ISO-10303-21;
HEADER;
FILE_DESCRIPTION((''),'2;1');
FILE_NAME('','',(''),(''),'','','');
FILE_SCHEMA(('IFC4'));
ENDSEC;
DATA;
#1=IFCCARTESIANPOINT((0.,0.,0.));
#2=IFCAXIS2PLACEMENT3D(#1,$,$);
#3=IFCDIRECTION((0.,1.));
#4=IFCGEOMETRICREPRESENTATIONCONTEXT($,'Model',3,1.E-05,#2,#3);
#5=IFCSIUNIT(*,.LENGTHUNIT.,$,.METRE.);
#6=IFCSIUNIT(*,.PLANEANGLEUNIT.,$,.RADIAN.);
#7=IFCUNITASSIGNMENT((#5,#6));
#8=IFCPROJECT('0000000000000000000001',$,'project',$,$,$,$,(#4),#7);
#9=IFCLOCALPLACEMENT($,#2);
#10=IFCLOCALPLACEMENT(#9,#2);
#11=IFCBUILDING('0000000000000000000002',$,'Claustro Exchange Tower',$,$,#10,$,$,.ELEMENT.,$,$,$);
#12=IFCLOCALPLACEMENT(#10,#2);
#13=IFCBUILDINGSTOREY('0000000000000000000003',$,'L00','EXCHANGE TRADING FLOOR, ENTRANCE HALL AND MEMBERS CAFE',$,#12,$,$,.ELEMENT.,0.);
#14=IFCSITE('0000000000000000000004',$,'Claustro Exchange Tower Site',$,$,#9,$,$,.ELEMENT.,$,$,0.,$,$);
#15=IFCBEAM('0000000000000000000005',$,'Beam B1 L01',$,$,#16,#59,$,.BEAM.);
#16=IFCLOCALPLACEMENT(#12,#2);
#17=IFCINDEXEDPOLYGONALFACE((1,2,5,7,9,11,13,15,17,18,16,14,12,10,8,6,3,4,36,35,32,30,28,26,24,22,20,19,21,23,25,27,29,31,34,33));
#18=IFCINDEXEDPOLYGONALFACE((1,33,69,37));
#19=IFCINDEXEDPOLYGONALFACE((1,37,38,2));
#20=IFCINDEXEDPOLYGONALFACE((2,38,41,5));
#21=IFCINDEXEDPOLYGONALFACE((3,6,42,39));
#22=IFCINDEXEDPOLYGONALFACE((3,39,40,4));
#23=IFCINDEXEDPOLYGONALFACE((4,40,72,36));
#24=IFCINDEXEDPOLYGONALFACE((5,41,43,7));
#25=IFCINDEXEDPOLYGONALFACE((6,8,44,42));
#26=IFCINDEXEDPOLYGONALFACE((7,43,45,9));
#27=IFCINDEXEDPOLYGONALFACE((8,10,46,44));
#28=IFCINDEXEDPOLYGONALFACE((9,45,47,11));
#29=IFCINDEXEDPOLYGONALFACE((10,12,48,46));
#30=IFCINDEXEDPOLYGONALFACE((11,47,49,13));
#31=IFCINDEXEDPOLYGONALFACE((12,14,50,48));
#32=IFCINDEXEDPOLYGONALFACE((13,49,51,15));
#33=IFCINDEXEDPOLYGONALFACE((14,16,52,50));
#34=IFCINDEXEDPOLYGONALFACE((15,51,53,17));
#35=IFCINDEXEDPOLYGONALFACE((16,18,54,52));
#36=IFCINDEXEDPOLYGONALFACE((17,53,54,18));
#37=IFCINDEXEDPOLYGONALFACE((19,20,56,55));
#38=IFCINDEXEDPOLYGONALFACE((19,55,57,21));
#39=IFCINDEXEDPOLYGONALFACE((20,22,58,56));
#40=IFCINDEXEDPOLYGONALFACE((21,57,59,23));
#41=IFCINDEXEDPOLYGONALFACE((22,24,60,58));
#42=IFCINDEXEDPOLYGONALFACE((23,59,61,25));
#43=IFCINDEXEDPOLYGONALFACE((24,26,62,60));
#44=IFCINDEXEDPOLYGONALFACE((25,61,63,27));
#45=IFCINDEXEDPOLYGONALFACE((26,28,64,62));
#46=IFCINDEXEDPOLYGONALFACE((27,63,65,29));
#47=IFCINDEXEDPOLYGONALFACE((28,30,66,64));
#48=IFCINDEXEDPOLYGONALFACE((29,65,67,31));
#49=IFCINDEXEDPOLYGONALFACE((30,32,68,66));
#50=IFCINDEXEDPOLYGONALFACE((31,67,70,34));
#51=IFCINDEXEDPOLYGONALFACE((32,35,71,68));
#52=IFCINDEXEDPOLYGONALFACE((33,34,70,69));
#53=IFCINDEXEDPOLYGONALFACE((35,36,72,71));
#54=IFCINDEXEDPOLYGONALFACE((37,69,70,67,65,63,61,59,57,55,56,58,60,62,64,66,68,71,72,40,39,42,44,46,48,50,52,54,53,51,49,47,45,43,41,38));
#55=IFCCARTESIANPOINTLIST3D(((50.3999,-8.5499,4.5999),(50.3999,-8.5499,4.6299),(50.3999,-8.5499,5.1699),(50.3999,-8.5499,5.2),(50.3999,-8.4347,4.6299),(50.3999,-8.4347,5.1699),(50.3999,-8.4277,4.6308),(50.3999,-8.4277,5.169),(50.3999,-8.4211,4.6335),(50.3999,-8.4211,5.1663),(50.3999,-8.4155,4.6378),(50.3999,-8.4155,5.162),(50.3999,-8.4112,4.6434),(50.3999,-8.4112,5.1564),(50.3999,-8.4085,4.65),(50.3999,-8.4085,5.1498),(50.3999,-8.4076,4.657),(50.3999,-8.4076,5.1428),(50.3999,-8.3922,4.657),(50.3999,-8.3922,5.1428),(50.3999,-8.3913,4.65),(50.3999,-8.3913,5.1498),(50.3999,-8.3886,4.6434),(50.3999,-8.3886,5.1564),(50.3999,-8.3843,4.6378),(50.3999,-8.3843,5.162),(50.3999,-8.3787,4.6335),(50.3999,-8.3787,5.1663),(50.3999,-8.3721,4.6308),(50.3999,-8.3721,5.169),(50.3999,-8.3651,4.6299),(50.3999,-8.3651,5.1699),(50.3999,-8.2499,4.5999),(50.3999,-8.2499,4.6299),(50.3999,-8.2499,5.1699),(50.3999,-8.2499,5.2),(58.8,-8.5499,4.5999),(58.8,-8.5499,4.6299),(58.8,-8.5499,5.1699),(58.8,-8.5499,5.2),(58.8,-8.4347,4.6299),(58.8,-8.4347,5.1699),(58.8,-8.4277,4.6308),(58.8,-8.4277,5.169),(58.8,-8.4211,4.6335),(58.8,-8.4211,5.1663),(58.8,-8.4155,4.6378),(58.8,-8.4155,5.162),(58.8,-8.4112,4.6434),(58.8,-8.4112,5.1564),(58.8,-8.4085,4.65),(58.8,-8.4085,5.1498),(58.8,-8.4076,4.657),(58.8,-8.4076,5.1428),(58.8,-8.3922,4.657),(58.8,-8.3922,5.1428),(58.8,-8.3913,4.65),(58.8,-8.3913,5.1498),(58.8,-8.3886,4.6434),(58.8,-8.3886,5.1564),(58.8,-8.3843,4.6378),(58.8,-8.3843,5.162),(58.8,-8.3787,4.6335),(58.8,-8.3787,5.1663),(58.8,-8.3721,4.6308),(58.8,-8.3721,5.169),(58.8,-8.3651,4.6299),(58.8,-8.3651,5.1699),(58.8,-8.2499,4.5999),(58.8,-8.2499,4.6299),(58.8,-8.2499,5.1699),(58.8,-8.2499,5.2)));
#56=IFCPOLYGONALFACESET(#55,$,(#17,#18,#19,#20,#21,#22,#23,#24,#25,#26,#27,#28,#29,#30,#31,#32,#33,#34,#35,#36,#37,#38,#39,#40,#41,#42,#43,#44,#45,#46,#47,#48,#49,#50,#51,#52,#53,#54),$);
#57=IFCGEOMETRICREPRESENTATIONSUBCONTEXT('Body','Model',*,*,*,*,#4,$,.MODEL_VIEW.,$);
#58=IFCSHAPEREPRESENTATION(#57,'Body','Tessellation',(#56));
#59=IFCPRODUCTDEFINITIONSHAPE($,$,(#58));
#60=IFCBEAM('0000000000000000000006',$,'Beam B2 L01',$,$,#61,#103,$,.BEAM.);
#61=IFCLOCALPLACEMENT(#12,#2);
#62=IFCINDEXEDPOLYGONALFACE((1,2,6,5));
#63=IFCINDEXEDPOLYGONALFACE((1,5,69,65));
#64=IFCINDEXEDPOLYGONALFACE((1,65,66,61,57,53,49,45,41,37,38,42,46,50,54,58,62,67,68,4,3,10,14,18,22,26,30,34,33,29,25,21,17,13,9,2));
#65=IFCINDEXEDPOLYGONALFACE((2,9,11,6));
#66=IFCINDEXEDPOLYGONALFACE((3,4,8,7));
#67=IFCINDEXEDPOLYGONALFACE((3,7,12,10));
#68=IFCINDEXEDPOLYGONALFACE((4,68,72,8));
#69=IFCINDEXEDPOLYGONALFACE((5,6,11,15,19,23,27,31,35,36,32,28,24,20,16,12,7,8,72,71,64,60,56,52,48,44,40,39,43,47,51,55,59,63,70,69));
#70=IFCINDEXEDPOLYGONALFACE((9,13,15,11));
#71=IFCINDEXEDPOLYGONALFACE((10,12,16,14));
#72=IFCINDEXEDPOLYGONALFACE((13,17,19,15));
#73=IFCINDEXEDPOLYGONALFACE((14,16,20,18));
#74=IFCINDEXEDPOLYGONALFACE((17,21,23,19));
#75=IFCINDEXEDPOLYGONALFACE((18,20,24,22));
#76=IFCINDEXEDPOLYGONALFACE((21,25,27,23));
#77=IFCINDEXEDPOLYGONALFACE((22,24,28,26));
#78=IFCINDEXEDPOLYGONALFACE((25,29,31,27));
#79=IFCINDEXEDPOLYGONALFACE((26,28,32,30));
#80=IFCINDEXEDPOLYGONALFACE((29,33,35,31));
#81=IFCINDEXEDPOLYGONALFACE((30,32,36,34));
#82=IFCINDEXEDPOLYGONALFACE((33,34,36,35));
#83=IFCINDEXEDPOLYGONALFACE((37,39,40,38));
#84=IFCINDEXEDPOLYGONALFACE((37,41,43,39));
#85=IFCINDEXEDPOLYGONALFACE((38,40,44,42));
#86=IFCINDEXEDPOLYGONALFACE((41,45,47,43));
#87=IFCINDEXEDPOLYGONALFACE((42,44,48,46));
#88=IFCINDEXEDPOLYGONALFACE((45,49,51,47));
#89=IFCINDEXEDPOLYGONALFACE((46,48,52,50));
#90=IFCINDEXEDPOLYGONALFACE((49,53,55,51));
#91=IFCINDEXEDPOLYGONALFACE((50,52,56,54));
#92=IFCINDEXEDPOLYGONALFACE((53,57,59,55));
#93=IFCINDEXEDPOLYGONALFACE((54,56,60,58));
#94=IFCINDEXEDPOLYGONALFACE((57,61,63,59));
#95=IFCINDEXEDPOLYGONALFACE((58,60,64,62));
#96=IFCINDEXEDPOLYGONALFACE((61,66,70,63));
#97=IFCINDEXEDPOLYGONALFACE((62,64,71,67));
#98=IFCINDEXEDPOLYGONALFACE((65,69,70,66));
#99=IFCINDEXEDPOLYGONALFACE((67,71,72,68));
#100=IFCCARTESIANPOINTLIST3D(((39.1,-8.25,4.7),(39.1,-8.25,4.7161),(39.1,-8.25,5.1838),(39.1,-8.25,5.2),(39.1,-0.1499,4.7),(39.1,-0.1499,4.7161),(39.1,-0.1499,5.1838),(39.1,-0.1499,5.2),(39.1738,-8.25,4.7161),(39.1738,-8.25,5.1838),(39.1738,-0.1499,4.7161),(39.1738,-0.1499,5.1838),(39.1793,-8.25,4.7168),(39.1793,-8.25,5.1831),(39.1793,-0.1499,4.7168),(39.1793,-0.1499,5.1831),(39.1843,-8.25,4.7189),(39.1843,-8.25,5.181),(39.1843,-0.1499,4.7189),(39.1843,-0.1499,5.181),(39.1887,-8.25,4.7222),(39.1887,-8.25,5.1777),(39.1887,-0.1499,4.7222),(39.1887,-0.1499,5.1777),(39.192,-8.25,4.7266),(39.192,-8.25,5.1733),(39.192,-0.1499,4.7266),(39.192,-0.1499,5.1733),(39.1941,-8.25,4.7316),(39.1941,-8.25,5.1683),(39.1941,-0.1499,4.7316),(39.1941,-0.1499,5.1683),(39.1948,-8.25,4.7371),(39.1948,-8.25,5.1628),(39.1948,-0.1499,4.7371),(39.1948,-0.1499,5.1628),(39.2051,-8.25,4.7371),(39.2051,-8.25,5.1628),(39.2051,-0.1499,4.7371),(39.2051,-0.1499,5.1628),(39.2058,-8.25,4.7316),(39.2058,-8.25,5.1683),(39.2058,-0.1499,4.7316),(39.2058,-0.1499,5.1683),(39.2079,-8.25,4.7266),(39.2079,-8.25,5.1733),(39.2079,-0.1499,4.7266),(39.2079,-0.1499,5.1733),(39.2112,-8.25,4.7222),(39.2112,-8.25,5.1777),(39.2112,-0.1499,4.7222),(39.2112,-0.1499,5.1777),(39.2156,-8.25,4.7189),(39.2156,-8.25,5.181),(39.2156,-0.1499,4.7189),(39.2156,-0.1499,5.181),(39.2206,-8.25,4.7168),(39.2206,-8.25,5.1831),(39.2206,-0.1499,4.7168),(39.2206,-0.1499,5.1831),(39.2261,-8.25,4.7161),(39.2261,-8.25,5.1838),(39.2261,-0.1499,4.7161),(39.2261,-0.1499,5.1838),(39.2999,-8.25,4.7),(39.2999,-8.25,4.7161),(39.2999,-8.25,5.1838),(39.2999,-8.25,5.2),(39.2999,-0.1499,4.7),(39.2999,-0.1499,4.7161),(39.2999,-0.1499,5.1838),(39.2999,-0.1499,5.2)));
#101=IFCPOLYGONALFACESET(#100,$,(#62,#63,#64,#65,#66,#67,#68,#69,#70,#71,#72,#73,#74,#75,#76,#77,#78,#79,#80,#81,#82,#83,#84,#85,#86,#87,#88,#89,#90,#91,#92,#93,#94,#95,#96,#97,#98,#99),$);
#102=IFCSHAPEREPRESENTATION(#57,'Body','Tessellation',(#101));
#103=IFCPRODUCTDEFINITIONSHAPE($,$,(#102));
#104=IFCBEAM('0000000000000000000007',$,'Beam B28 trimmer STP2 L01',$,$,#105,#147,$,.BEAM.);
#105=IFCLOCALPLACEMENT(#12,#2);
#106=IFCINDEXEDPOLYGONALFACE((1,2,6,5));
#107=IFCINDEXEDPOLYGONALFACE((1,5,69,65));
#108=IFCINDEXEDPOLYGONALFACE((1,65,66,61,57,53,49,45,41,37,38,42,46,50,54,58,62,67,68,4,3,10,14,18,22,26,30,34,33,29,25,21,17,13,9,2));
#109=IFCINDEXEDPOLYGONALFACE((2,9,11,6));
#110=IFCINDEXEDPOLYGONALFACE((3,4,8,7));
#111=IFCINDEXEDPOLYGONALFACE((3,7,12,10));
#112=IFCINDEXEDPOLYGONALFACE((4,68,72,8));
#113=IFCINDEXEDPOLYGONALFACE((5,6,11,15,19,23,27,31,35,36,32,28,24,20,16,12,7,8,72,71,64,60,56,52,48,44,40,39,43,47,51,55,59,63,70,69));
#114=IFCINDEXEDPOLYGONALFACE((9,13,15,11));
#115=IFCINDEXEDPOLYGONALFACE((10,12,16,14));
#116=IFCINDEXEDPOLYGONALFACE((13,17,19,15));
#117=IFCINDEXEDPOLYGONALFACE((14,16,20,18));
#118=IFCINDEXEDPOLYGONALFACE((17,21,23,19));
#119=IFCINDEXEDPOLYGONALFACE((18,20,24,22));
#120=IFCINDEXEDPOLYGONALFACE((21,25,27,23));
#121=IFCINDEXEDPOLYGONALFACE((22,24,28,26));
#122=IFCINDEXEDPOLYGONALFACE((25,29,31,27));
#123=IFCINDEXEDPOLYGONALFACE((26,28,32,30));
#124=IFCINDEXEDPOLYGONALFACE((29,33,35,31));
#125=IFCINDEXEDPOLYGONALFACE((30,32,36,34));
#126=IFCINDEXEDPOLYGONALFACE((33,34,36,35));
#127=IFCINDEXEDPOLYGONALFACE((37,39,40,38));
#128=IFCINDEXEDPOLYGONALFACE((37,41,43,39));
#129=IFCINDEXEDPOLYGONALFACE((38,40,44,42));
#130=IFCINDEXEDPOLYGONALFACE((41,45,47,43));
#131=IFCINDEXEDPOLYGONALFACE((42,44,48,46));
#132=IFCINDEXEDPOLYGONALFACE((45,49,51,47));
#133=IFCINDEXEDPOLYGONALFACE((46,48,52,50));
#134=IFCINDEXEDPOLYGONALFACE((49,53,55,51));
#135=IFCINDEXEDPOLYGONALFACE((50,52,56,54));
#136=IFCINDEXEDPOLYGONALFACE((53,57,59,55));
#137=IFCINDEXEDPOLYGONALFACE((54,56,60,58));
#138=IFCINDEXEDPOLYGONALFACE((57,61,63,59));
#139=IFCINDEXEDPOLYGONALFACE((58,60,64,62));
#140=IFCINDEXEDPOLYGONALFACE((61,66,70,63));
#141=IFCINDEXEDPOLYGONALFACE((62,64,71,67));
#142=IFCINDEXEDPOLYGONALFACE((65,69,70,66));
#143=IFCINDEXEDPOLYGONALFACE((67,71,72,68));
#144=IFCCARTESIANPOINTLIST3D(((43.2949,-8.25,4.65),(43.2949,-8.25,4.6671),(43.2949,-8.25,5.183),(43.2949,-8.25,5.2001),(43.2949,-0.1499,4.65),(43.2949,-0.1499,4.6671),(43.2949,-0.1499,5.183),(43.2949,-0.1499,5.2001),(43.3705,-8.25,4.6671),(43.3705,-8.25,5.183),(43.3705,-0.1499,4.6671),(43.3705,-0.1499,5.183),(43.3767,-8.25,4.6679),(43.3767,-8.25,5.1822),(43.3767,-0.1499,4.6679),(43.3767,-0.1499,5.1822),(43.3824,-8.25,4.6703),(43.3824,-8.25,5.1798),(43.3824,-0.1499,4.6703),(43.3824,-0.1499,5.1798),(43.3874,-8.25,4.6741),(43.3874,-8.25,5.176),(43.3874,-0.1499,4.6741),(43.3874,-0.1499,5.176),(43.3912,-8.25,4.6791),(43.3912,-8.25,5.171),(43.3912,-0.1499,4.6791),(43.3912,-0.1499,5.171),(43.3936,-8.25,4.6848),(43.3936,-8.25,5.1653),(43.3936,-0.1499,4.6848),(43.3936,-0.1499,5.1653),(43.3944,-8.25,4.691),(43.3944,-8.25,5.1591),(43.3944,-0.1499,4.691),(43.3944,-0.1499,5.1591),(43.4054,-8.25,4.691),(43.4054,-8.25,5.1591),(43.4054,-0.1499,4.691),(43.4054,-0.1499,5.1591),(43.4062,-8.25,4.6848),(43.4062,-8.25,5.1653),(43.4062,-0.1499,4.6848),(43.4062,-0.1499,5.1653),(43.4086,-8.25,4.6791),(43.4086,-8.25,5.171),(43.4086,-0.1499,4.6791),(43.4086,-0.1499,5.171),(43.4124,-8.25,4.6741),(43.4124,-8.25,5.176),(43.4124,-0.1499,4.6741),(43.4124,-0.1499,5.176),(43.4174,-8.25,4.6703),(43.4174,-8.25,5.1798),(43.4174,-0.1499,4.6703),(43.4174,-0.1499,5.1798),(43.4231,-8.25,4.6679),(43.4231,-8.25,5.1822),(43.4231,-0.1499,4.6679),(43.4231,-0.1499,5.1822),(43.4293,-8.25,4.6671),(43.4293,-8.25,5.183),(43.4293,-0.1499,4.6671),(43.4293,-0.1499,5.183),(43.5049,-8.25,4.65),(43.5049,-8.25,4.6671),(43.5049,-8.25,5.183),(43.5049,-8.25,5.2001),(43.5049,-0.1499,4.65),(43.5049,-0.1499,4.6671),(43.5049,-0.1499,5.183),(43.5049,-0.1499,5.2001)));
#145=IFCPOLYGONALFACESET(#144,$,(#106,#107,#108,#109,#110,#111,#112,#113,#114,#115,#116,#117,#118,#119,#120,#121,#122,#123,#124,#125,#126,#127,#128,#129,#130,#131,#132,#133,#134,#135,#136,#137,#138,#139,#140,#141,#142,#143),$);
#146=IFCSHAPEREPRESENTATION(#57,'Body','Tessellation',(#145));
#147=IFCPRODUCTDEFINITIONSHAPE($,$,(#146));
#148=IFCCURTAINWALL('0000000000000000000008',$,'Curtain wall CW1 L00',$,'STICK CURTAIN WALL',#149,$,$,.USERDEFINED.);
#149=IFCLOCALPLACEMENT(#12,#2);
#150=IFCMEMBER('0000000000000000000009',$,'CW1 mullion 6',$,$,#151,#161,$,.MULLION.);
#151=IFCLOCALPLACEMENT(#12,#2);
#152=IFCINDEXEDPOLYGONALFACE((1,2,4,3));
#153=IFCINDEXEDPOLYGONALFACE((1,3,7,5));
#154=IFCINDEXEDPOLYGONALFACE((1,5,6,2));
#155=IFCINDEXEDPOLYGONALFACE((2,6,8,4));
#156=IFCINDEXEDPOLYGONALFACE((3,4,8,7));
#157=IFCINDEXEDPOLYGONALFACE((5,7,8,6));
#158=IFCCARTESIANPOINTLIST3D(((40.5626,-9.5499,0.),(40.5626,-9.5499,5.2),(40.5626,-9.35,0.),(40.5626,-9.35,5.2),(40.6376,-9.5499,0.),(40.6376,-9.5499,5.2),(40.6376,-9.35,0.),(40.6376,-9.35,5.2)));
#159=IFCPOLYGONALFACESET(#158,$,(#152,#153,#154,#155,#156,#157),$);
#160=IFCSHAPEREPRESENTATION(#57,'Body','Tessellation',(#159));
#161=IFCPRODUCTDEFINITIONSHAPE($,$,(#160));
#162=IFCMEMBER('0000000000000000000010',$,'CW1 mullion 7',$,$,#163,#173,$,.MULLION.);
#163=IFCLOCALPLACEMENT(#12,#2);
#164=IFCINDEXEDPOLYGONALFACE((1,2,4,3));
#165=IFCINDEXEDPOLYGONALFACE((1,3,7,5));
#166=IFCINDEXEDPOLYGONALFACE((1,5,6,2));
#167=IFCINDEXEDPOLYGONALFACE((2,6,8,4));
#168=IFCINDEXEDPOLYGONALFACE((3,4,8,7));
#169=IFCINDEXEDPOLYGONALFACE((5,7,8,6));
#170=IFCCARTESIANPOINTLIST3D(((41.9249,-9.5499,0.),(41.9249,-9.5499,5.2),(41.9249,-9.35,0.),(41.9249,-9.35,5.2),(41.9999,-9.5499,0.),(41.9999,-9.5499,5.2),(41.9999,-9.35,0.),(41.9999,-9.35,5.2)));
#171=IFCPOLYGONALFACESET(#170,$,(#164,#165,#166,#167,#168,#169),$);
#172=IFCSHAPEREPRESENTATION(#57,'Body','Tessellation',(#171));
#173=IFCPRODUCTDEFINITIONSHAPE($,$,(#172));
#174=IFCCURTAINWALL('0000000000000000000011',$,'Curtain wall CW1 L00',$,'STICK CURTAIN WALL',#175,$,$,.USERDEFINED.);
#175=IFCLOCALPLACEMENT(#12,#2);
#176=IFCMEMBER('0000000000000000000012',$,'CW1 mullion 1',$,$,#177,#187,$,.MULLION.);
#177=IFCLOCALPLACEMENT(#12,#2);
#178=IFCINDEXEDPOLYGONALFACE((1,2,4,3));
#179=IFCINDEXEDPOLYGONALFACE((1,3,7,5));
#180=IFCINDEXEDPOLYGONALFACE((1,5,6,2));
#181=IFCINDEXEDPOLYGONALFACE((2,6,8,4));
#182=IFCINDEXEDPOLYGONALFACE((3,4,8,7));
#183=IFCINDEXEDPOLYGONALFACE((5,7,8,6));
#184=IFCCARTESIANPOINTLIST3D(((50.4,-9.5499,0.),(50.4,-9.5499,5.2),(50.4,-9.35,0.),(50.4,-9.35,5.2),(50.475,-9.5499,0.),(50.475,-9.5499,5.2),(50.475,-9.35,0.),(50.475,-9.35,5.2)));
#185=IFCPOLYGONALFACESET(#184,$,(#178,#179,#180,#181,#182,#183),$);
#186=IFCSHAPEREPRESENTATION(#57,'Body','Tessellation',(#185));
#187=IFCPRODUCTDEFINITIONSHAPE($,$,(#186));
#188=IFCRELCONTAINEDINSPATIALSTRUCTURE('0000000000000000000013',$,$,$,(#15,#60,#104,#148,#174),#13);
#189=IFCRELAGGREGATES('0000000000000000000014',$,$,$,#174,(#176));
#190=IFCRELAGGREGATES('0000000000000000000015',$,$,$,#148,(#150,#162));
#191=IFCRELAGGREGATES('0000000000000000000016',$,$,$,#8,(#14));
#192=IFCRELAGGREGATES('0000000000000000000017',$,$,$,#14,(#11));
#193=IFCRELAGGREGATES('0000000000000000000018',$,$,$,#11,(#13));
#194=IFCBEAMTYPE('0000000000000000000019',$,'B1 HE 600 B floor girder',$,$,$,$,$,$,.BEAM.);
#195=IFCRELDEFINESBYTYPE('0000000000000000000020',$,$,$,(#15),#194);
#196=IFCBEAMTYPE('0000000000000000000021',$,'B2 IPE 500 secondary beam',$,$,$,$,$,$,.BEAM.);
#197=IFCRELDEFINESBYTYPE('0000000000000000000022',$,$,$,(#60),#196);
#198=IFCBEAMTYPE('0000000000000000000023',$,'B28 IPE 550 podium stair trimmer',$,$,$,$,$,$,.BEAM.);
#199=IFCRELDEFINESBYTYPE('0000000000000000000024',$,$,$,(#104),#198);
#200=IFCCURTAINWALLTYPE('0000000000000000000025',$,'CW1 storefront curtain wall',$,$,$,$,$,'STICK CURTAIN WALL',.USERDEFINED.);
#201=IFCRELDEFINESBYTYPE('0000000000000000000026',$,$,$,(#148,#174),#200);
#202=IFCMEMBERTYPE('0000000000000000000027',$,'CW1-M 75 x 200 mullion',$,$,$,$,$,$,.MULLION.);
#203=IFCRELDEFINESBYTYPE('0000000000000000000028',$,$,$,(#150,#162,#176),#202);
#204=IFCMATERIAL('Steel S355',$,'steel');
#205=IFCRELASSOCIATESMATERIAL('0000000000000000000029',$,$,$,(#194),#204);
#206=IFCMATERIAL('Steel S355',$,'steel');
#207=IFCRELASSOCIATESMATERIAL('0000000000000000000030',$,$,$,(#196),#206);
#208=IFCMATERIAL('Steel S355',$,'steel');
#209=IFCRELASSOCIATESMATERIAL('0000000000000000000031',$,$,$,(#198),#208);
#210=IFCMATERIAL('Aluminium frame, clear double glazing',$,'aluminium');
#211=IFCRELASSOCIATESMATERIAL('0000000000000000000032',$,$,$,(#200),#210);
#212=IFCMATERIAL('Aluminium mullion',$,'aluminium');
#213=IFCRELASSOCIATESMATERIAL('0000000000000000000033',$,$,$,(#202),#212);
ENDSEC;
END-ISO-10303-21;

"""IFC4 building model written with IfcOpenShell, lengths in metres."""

from ifc_helpers import new_model, si_unit, direction, frame, origin, origin_2d, place, context, subcontext, project, spatial, rectangle, i_section, extrude, material, material_profile, profile_set, type_object, element, aggregate, save


model = new_model("IFC4")

# Units and contexts
model_context = context("Model", 3, precision=1e-05, world=origin(), true_north=direction((0.0, 1.0)))
body_context = subcontext(model_context, "Body", "Model", "MODEL_VIEW")
ifc_project = project(units=[si_unit("LENGTHUNIT", "METRE"), si_unit("PLANEANGLEUNIT", "RADIAN")], contexts=[model_context])

# Site, building, storey
site_placement = place(None, origin())
site = spatial("IfcSite", under=ifc_project, at=site_placement, Name="Claustro Exchange Tower Site", CompositionType="ELEMENT", RefElevation=0.0)
building_placement = place(site_placement, origin())
building = spatial("IfcBuilding", under=site, at=building_placement, Name="Claustro Exchange Tower", CompositionType="ELEMENT")
storey_placement = place(building_placement, origin())
storey = spatial("IfcBuildingStorey", under=building, at=storey_placement, Name="L00", Description="EXCHANGE TRADING FLOOR, ENTRANCE HALL AND MEMBERS CAFE", CompositionType="ELEMENT", Elevation=0.0)

# Beams
ifc_material_1 = material(Name="Steel S355", Category="steel")
ifc_material_profile_1 = material_profile(ifc_material_1, i_section(OverallWidth=0.3, OverallDepth=0.6001, WebThickness=0.0154, FlangeThickness=0.03, FilletRadius=0.0271, at=origin_2d()), Name="HE 600 B")
ifc_profile_set_1 = profile_set([ifc_material_profile_1], Name="Steel S355")
beam_type_1 = type_object("IfcBeamType", Name="B1 HE 600 B floor girder", PredefinedType="BEAM", material=ifc_profile_set_1)
beam_1_placement = place(storey_placement, frame((50.3999, -8.3999, 4.8999), z_axis=(1.0, 0.0, 0.0), x_axis=(0.0, 1.0, 0.0)))
element("IfcBeam", 1, at=beam_1_placement, inside=storey, type_object=beam_type_1, Name="Beam B1 L01", PredefinedType="BEAM", context=body_context, shape_type="SweptSolid", body=[
    extrude(i_section(OverallWidth=0.3, OverallDepth=0.6001, WebThickness=0.0154, FlangeThickness=0.03, FilletRadius=0.0271, at=origin_2d()), origin(), (0.0, 0.0, 1.0), 8.4001),
])
ifc_material_2 = material(Name="Steel S355", Category="steel")
ifc_material_profile_2 = material_profile(ifc_material_2, i_section(OverallWidth=0.2, OverallDepth=0.5, WebThickness=0.0103, FlangeThickness=0.0161, FilletRadius=0.021, at=origin_2d()), Name="IPE 500")
ifc_profile_set_2 = profile_set([ifc_material_profile_2], Name="Steel S355")
beam_type_2 = type_object("IfcBeamType", Name="B2 IPE 500 secondary beam", PredefinedType="BEAM", material=ifc_profile_set_2)
beam_2_placement = place(storey_placement, frame((39.2, -8.25, 4.95), z_axis=(0.0, 1.0, 0.0), x_axis=(-1.0, 0.0, 0.0)))
element("IfcBeam", 2, at=beam_2_placement, inside=storey, type_object=beam_type_2, Name="Beam B2 L01", PredefinedType="BEAM", context=body_context, shape_type="SweptSolid", body=[
    extrude(i_section(OverallWidth=0.2, OverallDepth=0.5, WebThickness=0.0103, FlangeThickness=0.0161, FilletRadius=0.021, at=origin_2d()), origin(), (0.0, 0.0, 1.0), 8.1001),
])
ifc_material_3 = material(Name="Steel S355", Category="steel")
ifc_material_profile_3 = material_profile(ifc_material_3, i_section(OverallWidth=0.21, OverallDepth=0.55, WebThickness=0.011, FlangeThickness=0.0171, FilletRadius=0.0239, at=origin_2d()), Name="IPE 550")
ifc_profile_set_3 = profile_set([ifc_material_profile_3], Name="Steel S355")
beam_type_3 = type_object("IfcBeamType", Name="B28 IPE 550 podium stair trimmer", PredefinedType="BEAM", material=ifc_profile_set_3)
beam_3_placement = place(storey_placement, frame((43.3999, -8.25, 4.925), z_axis=(0.0, 1.0, 0.0), x_axis=(-1.0, 0.0, 0.0)))
element("IfcBeam", 3, at=beam_3_placement, inside=storey, type_object=beam_type_3, Name="Beam B28 trimmer STP2 L01", PredefinedType="BEAM", context=body_context, shape_type="SweptSolid", body=[
    extrude(i_section(OverallWidth=0.21, OverallDepth=0.55, WebThickness=0.011, FlangeThickness=0.0171, FilletRadius=0.0239, at=origin_2d()), origin(), (0.0, 0.0, 1.0), 8.1001),
])

# Curtain wall, members
ifc_material_4 = material(Name="Aluminium frame, clear double glazing", Category="aluminium")
curtain_wall_type = type_object("IfcCurtainWallType", Name="CW1 storefront curtain wall", ElementType="STICK CURTAIN WALL", PredefinedType="USERDEFINED", material=ifc_material_4)
curtain_wall_1_placement = place(storey_placement, origin())
curtain_wall_1 = element("IfcCurtainWall", 4, at=curtain_wall_1_placement, inside=storey, type_object=curtain_wall_type, Name="Curtain wall CW1 L00", ObjectType="STICK CURTAIN WALL", PredefinedType="USERDEFINED")
ifc_material_5 = material(Name="Aluminium mullion", Category="aluminium")
ifc_material_profile_4 = material_profile(ifc_material_5, rectangle(XDim=0.2, YDim=0.075, at=origin_2d()), Name="CW1-M 75x200")
ifc_profile_set_4 = profile_set([ifc_material_profile_4], Name="Aluminium mullion")
member_type_1 = type_object("IfcMemberType", Name="CW1-M 75 x 200 mullion", PredefinedType="MULLION", material=ifc_profile_set_4)
member_1_placement = place(storey_placement, frame((40.6001, -9.45, 0.0), z_axis=(0.0, 0.0, 1.0), x_axis=(0.0, 1.0, 0.0)))
member_1 = element("IfcMember", 5, at=member_1_placement, type_object=member_type_1, Name="CW1 mullion 6", PredefinedType="MULLION", context=body_context, shape_type="SweptSolid", body=[
    extrude(rectangle(XDim=0.2, YDim=0.075, at=origin_2d()), origin(), (0.0, 0.0, 1.0), 5.2),
])
member_2_placement = place(storey_placement, frame((41.9624, -9.45, 0.0), z_axis=(0.0, 0.0, 1.0), x_axis=(0.0, 1.0, 0.0)))
member_2 = element("IfcMember", 6, at=member_2_placement, type_object=member_type_1, Name="CW1 mullion 7", PredefinedType="MULLION", context=body_context, shape_type="SweptSolid", body=[
    extrude(rectangle(XDim=0.2, YDim=0.075, at=origin_2d()), origin(), (0.0, 0.0, 1.0), 5.2),
])

# Curtain wall, member
curtain_wall_2_placement = place(storey_placement, origin())
curtain_wall_2 = element("IfcCurtainWall", 7, at=curtain_wall_2_placement, inside=storey, type_object=curtain_wall_type, Name="Curtain wall CW1 L00", ObjectType="STICK CURTAIN WALL", PredefinedType="USERDEFINED")
member_3_placement = place(storey_placement, frame((50.4375, -9.45, 0.0), z_axis=(0.0, 0.0, 1.0), x_axis=(0.0, 1.0, 0.0)))
member_3 = element("IfcMember", 8, at=member_3_placement, type_object=member_type_1, Name="CW1 mullion 1", PredefinedType="MULLION", context=body_context, shape_type="SweptSolid", body=[
    extrude(rectangle(XDim=0.2, YDim=0.075, at=origin_2d()), origin(), (0.0, 0.0, 1.0), 5.2),
])

aggregate(curtain_wall_2, [member_3])

aggregate(curtain_wall_1, [member_1, member_2])

save(model, "model.ifc")
